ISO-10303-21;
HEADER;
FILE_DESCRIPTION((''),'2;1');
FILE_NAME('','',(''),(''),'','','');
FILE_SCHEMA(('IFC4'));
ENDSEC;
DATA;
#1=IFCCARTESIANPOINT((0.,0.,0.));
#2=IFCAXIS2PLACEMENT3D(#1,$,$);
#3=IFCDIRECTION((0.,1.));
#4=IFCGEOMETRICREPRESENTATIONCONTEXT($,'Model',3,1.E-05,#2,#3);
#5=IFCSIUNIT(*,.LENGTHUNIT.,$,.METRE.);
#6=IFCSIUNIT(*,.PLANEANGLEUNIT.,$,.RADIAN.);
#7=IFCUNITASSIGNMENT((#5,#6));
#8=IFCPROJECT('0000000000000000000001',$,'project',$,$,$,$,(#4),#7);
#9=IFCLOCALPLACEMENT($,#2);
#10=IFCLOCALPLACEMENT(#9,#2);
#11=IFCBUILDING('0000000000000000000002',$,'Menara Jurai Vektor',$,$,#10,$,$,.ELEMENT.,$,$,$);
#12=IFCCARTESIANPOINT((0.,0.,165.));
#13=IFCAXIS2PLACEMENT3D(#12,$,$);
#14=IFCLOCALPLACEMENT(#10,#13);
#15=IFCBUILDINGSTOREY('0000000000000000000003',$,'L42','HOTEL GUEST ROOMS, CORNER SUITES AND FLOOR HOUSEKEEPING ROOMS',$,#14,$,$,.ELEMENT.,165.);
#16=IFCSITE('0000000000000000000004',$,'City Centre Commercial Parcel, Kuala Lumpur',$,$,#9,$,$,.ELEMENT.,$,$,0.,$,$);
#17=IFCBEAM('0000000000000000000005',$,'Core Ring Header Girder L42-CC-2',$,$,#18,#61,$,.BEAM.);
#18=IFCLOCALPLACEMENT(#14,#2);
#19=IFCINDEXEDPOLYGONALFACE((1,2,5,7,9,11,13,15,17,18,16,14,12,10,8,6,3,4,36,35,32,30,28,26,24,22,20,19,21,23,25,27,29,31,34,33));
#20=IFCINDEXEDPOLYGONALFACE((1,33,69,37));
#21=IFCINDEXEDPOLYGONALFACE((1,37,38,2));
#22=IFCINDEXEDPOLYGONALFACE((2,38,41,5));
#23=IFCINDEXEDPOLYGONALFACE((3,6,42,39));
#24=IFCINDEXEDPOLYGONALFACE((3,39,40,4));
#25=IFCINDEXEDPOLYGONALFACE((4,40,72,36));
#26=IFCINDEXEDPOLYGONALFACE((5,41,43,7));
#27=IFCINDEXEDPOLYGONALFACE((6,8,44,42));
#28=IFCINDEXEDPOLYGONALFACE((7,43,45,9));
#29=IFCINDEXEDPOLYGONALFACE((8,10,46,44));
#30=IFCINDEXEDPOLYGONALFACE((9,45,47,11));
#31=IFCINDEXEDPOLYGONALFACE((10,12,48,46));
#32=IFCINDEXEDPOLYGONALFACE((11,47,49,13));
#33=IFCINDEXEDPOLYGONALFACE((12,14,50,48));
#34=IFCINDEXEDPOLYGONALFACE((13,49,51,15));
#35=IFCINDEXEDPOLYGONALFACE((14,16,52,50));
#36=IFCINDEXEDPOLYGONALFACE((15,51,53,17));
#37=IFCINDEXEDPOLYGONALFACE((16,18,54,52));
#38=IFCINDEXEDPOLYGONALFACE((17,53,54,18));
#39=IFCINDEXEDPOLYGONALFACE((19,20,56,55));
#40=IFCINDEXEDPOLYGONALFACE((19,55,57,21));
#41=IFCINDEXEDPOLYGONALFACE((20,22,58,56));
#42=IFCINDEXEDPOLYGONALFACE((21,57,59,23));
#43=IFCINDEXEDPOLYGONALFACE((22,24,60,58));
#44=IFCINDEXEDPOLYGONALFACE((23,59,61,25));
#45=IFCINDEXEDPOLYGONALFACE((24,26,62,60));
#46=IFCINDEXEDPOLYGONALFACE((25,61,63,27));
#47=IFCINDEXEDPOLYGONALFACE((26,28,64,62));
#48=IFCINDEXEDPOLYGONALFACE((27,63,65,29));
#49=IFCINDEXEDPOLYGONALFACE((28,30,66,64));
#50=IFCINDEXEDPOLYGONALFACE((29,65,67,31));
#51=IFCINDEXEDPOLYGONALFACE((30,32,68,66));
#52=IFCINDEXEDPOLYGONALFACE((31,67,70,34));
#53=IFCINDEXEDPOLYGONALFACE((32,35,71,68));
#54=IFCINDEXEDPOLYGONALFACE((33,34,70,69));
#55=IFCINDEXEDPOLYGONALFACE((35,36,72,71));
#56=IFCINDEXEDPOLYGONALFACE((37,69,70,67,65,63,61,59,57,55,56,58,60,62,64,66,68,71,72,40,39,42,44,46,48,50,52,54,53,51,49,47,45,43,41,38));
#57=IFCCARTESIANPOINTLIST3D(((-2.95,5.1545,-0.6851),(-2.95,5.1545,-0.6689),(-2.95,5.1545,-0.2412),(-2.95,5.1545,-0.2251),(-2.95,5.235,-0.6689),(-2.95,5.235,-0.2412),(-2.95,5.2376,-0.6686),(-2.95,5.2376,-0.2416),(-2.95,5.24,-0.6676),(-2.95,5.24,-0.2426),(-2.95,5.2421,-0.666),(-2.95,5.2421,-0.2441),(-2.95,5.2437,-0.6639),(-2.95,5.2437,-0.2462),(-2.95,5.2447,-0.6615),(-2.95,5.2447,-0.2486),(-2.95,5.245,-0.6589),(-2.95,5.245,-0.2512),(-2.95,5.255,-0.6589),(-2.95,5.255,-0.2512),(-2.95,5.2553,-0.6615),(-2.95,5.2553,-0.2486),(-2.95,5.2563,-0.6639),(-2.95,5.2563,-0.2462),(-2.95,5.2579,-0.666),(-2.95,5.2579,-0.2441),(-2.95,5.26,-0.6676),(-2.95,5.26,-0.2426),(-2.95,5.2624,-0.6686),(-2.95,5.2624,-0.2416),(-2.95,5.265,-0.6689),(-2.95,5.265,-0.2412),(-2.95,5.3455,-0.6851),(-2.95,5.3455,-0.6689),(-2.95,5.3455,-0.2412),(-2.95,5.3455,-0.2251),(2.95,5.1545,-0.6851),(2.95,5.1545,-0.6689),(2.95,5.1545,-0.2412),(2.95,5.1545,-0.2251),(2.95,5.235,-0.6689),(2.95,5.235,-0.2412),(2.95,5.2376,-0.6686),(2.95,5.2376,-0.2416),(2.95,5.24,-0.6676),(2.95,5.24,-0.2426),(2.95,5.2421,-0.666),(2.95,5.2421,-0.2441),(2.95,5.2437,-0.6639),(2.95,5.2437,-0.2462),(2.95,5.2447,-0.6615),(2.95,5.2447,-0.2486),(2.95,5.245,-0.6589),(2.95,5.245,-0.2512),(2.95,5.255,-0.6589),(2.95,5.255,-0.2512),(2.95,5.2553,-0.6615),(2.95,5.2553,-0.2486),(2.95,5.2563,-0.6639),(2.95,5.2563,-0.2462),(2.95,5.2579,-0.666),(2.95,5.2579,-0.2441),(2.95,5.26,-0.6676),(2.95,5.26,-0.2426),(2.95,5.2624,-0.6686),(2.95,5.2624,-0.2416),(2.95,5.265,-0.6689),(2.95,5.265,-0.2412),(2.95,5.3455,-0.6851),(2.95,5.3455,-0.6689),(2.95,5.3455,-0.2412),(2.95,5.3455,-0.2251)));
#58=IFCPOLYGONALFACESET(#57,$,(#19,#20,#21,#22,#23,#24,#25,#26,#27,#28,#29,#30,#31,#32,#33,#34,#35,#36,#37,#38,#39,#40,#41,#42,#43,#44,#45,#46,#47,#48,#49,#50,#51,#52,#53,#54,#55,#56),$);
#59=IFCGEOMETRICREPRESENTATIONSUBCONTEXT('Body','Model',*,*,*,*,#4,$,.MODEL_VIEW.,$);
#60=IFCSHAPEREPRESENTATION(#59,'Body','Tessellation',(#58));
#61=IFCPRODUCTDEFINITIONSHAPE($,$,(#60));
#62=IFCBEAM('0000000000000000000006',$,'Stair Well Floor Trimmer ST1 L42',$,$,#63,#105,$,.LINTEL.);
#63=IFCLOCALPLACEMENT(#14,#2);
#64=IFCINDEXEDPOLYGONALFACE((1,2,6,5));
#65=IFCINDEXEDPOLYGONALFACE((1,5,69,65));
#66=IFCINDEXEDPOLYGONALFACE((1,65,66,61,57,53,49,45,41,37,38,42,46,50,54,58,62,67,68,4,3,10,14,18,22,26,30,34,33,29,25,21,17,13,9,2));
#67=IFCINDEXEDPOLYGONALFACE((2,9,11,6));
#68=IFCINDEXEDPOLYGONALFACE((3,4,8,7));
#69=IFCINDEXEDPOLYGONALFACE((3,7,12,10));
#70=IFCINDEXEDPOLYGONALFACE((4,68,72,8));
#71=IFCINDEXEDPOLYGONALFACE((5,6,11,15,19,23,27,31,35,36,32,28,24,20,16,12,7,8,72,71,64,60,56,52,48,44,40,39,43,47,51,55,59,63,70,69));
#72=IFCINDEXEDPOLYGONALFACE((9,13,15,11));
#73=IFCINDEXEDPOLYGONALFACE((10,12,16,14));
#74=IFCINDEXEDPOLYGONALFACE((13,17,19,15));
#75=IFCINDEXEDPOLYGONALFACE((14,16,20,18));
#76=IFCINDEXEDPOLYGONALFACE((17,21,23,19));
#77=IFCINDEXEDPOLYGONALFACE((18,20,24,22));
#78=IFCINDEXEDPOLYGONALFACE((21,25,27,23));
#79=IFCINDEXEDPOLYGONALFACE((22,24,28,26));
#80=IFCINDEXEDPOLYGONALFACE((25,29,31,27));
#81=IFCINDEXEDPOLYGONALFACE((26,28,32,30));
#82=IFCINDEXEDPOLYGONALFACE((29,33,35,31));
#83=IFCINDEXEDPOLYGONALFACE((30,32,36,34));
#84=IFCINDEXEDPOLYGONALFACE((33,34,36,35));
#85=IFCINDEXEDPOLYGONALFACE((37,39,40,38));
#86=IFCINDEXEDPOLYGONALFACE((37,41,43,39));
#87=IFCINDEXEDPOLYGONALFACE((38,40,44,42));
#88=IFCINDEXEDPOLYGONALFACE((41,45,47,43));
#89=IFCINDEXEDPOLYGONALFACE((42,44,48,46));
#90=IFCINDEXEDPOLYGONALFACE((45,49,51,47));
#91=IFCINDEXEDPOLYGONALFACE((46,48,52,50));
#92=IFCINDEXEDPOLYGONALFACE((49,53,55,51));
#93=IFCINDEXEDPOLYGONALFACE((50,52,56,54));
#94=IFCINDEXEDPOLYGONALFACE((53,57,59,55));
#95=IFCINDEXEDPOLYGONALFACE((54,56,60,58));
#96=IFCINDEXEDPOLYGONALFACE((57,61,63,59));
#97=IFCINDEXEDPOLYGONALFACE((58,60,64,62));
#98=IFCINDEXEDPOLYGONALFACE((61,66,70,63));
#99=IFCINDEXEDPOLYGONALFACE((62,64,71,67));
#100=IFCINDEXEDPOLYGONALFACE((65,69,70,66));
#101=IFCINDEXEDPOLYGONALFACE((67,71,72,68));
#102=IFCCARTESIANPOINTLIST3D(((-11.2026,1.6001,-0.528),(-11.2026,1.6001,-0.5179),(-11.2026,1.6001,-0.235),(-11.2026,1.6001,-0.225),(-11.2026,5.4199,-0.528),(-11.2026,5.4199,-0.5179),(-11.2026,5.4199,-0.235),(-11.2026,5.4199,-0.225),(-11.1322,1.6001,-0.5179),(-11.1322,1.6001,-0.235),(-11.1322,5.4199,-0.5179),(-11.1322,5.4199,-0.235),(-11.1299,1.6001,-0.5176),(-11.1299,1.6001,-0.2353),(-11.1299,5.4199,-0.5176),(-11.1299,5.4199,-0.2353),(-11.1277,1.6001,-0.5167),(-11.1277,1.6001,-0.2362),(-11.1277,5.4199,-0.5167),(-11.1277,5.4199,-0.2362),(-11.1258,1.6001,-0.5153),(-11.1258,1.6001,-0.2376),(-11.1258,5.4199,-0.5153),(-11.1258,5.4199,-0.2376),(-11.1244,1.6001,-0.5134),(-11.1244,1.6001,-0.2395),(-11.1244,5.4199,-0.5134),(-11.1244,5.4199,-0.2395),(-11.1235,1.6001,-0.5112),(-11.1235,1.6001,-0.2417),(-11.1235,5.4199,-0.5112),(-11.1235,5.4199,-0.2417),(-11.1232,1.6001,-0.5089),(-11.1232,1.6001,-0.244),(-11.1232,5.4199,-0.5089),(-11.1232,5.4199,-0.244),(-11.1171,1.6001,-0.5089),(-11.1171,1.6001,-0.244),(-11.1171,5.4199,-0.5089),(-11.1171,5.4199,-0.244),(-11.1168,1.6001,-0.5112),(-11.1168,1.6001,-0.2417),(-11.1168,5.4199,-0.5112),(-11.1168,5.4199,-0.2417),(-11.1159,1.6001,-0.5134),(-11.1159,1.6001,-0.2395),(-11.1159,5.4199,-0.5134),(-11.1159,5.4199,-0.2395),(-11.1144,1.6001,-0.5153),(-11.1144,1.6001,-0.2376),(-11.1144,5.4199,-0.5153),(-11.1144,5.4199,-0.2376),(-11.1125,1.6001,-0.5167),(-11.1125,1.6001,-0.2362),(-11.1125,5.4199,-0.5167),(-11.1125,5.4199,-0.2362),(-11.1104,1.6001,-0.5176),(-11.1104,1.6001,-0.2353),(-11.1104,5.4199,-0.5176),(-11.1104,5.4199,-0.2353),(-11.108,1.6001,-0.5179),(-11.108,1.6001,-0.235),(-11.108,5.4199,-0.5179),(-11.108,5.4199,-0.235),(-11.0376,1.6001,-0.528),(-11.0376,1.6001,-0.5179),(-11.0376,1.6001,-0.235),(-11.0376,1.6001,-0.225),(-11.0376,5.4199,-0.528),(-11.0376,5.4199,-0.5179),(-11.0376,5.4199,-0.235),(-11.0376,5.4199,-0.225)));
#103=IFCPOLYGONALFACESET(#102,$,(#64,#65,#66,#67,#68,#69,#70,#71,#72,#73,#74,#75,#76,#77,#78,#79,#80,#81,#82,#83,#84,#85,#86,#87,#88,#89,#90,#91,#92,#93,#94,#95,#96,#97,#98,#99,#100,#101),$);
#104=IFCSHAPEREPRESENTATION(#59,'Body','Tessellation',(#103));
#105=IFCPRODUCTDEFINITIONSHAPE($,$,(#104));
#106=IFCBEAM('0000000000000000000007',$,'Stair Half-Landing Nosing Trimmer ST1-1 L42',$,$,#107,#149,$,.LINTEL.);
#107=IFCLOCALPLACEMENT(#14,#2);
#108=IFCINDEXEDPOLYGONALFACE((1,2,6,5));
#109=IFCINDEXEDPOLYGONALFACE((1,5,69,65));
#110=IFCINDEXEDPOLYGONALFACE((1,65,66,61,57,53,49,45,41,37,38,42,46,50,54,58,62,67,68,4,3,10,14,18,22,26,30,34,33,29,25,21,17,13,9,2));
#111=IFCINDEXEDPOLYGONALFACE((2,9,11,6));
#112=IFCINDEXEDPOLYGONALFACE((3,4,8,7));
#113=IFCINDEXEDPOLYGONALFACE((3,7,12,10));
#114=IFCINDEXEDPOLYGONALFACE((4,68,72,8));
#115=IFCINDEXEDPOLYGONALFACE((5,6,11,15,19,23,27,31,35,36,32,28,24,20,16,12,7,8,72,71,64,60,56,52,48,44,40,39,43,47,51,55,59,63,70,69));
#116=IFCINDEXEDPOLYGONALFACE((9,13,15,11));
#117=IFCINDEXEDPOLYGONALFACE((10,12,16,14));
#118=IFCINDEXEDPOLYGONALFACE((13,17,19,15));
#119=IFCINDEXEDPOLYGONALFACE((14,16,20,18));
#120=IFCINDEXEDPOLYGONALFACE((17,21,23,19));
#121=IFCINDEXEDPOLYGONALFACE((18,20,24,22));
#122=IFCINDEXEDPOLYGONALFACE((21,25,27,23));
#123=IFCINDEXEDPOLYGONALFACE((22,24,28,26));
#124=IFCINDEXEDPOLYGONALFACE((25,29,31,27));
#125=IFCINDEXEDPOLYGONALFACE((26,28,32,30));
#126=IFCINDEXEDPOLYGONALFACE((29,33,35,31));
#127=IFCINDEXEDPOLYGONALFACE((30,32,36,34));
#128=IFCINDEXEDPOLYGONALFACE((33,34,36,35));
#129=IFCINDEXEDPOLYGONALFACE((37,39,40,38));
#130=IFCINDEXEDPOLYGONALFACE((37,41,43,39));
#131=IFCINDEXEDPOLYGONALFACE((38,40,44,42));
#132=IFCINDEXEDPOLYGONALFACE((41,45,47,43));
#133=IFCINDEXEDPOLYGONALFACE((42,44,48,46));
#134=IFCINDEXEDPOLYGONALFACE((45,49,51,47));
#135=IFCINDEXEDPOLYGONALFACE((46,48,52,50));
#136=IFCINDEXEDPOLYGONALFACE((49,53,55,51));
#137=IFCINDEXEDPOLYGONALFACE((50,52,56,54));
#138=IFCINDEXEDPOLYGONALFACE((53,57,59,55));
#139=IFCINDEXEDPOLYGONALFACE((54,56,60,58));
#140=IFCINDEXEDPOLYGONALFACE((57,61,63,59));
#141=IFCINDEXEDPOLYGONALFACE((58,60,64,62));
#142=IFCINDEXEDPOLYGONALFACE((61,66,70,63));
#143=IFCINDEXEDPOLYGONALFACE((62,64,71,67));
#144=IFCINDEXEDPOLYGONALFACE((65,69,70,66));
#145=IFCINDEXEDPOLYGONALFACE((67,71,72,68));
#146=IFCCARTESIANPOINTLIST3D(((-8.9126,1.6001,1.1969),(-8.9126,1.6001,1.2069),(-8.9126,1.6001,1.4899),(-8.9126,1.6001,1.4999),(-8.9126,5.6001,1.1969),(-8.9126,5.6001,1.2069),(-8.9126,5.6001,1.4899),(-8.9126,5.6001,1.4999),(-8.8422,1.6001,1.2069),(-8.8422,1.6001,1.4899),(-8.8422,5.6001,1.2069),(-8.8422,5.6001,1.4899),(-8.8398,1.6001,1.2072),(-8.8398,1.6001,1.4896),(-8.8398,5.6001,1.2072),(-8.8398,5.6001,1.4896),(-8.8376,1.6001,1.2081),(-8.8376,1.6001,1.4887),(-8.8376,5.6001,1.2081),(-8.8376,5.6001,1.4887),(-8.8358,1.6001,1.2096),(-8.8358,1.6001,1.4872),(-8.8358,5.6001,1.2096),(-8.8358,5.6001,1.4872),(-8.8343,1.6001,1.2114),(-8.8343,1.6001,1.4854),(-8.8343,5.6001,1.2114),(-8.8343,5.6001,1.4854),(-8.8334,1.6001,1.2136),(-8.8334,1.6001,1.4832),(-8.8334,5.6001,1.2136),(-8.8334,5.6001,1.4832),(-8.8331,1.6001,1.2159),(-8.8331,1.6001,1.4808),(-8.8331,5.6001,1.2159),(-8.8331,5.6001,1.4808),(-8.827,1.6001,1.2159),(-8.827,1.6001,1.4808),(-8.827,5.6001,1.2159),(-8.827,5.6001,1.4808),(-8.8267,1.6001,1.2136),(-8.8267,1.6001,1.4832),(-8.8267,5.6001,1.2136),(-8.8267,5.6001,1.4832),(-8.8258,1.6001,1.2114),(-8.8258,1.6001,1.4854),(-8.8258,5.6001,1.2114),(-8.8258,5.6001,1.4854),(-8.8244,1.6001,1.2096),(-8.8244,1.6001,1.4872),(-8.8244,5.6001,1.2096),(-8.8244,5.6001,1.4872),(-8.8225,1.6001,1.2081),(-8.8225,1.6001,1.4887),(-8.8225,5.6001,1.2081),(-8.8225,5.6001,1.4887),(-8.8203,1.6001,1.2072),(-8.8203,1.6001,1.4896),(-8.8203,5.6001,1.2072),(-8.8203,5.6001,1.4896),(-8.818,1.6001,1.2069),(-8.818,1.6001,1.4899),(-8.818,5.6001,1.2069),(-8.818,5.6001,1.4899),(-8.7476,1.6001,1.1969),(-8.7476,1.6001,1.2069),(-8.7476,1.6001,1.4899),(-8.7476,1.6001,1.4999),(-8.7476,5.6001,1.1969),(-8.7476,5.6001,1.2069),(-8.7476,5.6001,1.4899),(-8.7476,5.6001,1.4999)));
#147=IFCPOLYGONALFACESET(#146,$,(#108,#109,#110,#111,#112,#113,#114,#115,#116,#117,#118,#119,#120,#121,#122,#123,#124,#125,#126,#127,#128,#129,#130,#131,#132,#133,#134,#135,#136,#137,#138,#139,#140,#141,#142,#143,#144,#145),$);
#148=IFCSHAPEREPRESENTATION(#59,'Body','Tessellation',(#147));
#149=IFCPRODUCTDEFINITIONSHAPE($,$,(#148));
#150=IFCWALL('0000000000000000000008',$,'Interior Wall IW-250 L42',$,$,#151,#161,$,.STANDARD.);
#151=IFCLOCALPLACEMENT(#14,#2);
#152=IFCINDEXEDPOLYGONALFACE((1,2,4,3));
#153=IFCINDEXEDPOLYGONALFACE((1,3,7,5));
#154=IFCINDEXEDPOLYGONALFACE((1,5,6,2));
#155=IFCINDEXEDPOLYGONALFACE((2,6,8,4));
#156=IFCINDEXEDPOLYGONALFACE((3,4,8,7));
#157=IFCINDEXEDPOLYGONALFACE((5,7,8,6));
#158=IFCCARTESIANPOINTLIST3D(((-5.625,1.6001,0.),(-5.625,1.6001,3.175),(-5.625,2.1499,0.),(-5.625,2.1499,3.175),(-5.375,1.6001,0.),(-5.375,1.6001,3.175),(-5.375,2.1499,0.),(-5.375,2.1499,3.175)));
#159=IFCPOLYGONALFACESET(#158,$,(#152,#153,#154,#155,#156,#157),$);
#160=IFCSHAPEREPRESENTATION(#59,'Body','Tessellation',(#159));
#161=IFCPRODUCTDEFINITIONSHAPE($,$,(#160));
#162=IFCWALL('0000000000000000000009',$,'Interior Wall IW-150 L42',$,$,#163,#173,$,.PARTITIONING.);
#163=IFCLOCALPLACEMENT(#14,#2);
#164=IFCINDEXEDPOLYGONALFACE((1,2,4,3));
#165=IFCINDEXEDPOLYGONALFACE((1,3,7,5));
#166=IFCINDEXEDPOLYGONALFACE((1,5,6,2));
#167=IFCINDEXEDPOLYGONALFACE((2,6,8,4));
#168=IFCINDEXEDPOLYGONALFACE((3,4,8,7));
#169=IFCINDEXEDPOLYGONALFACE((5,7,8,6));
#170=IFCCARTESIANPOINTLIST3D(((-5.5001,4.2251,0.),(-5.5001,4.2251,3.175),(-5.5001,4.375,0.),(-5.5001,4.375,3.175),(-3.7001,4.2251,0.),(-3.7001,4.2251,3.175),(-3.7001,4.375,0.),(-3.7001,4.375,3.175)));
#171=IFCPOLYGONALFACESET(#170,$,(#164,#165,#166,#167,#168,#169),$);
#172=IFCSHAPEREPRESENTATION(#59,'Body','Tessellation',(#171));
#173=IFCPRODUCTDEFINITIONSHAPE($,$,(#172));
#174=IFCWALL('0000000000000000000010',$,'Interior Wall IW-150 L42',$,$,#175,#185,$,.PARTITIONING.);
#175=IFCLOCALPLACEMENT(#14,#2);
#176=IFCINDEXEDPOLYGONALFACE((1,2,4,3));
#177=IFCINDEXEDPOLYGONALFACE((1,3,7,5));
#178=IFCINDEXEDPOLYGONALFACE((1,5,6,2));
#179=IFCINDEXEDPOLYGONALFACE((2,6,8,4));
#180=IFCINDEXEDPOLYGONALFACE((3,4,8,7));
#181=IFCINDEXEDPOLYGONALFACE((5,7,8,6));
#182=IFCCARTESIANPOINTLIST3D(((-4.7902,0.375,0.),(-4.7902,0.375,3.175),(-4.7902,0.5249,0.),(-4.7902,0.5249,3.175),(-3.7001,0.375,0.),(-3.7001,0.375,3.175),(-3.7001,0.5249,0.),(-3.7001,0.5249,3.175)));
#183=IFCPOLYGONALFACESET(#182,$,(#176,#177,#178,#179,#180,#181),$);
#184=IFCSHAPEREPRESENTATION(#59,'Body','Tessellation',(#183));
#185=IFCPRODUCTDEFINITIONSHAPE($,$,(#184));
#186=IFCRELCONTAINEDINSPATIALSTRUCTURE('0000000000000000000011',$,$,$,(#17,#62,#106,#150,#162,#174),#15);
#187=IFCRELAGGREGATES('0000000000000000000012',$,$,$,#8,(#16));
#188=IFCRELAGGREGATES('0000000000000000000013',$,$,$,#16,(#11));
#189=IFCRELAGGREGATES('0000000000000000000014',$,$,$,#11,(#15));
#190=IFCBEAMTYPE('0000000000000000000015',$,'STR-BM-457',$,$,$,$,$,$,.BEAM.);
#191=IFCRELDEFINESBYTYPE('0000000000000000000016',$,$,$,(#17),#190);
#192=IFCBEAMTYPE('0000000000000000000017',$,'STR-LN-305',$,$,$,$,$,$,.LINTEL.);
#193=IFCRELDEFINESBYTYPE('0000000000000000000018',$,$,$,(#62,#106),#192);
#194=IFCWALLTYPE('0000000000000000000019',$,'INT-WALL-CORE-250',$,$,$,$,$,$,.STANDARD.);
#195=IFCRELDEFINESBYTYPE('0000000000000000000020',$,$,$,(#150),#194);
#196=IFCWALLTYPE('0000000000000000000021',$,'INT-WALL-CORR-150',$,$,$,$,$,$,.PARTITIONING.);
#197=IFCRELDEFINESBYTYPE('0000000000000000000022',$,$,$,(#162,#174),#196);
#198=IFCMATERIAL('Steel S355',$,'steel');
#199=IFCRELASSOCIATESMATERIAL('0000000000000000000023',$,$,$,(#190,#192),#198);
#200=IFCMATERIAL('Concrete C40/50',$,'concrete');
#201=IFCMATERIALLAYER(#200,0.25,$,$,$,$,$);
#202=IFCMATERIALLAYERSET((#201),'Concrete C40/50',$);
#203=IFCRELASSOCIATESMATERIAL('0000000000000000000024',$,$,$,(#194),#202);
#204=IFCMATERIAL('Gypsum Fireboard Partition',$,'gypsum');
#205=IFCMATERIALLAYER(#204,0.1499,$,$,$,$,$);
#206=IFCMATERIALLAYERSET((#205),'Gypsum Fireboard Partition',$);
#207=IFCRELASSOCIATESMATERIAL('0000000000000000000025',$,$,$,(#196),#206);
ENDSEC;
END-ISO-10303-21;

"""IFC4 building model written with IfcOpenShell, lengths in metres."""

from ifc_helpers import new_model, si_unit, direction, frame, frame_2d, origin, origin_2d, place, context, subcontext, project, spatial, rectangle, i_section, extrude, material, layer, layer_set, material_profile, profile_set, type_object, element, save


model = new_model("IFC4")

# Units and contexts
model_context = context("Model", 3, precision=1e-05, world=origin(), true_north=direction((0.0, 1.0)))
body_context = subcontext(model_context, "Body", "Model", "MODEL_VIEW")
ifc_project = project(units=[si_unit("LENGTHUNIT", "METRE"), si_unit("PLANEANGLEUNIT", "RADIAN")], contexts=[model_context])

# Site, building, storey
site_placement = place(None, origin())
site = spatial("IfcSite", under=ifc_project, at=site_placement, Name="City Centre Commercial Parcel, Kuala Lumpur", CompositionType="ELEMENT", RefElevation=0.0)
building_placement = place(site_placement, origin())
building = spatial("IfcBuilding", under=site, at=building_placement, Name="Menara Jurai Vektor", CompositionType="ELEMENT")
storey_placement = place(building_placement, frame((0.0, 0.0, 165.0)))
storey = spatial("IfcBuildingStorey", under=building, at=storey_placement, Name="L42", Description="HOTEL GUEST ROOMS, CORNER SUITES AND FLOOR HOUSEKEEPING ROOMS", CompositionType="ELEMENT", Elevation=165.0)

# Shared definitions
ifc_material_1 = material(Name="Steel S355", Category="steel")

# Beams
ifc_material_profile_1 = material_profile(ifc_material_1, i_section(OverallWidth=0.1909, OverallDepth=0.46, WebThickness=0.01, FlangeThickness=0.0161, FilletRadius=0.01, at=origin_2d()), Name="UKB 457x191x82")
ifc_profile_set_1 = profile_set([ifc_material_profile_1], Name="Steel S355")
beam_type_1 = type_object("IfcBeamType", Name="STR-BM-457", PredefinedType="BEAM", material=ifc_profile_set_1)
beam_1_placement = place(storey_placement, frame((-2.95, 5.25, -0.4551), z_axis=(1.0, 0.0, 0.0), x_axis=(0.0, 1.0, 0.0)))
element("IfcBeam", 1, at=beam_1_placement, inside=storey, type_object=beam_type_1, Name="Core Ring Header Girder L42-CC-2", PredefinedType="BEAM", context=body_context, shape_type="SweptSolid", body=[
    extrude(i_section(OverallWidth=0.1909, OverallDepth=0.46, WebThickness=0.01, FlangeThickness=0.0161, FilletRadius=0.01, at=origin_2d()), origin(), (0.0, 0.0, 1.0), 5.8999),
])
ifc_material_profile_2 = material_profile(ifc_material_1, i_section(OverallWidth=0.165, OverallDepth=0.303, WebThickness=0.0061, FlangeThickness=0.01, FilletRadius=0.009, at=origin_2d()), Name="UKB 305x165x40")
ifc_profile_set_2 = profile_set([ifc_material_profile_2], Name="Steel S355")
beam_type_2 = type_object("IfcBeamType", Name="STR-LN-305", PredefinedType="LINTEL", material=ifc_profile_set_2)
beam_2_placement = place(storey_placement, frame((-11.1201, 1.6001, -0.3765), z_axis=(0.0, 1.0, 0.0), x_axis=(-1.0, 0.0, 0.0)))
element("IfcBeam", 2, at=beam_2_placement, inside=storey, type_object=beam_type_2, Name="Stair Well Floor Trimmer ST1 L42", PredefinedType="LINTEL", context=body_context, shape_type="SweptSolid", body=[
    extrude(i_section(OverallWidth=0.165, OverallDepth=0.303, WebThickness=0.0061, FlangeThickness=0.01, FilletRadius=0.009, at=origin_2d()), origin(), (0.0, 0.0, 1.0), 3.8198),
])
beam_3_placement = place(storey_placement, frame((-8.8301, 1.6001, 1.3484), z_axis=(0.0, 1.0, 0.0), x_axis=(-1.0, 0.0, 0.0)))
element("IfcBeam", 3, at=beam_3_placement, inside=storey, type_object=beam_type_2, Name="Stair Half-Landing Nosing Trimmer ST1-1 L42", PredefinedType="LINTEL", context=body_context, shape_type="SweptSolid", body=[
    extrude(i_section(OverallWidth=0.165, OverallDepth=0.303, WebThickness=0.0061, FlangeThickness=0.01, FilletRadius=0.009, at=origin_2d()), origin(), (0.0, 0.0, 1.0), 4.0),
])

# Shared definitions
ifc_material_2 = material(Name="Concrete C40/50", Category="concrete")
ifc_layer_1 = layer(ifc_material_2, 0.25)
ifc_layer_set_1 = layer_set([ifc_layer_1], Name="Concrete C40/50")
wall_type_1 = type_object("IfcWallType", Name="INT-WALL-CORE-250", PredefinedType="STANDARD", material=ifc_layer_set_1)

# Walls
wall_1_placement = place(storey_placement, frame((-5.5, 1.6001, 0.0), z_axis=(0.0, 0.0, 1.0), x_axis=(0.0, 1.0, 0.0)))
element("IfcWall", 4, at=wall_1_placement, inside=storey, type_object=wall_type_1, Name="Interior Wall IW-250 L42", PredefinedType="STANDARD", context=body_context, shape_type="SweptSolid", body=[
    extrude(rectangle(XDim=0.5498, YDim=0.25, at=frame_2d((0.2749, 0.0))), origin(), (0.0, 0.0, 1.0), 3.175),
])
ifc_material_3 = material(Name="Gypsum Fireboard Partition", Category="gypsum")
ifc_layer_2 = layer(ifc_material_3, 0.1499)
ifc_layer_set_2 = layer_set([ifc_layer_2], Name="Gypsum Fireboard Partition")
wall_type_2 = type_object("IfcWallType", Name="INT-WALL-CORR-150", PredefinedType="PARTITIONING", material=ifc_layer_set_2)
wall_2_placement = place(storey_placement, frame((-5.5, 4.3, 0.0), z_axis=(0.0, 0.0, 1.0), x_axis=(1.0, 0.0, 0.0)))
element("IfcWall", 5, at=wall_2_placement, inside=storey, type_object=wall_type_2, Name="Interior Wall IW-150 L42", PredefinedType="PARTITIONING", context=body_context, shape_type="SweptSolid", body=[
    extrude(rectangle(XDim=1.8, YDim=0.1499, at=frame_2d((0.8999, 0.0))), origin(), (0.0, 0.0, 1.0), 3.175),
])
wall_3_placement = place(storey_placement, frame((-4.79, 0.45, 0.0), z_axis=(0.0, 0.0, 1.0), x_axis=(1.0, 0.0, 0.0)))
element("IfcWall", 6, at=wall_3_placement, inside=storey, type_object=wall_type_2, Name="Interior Wall IW-150 L42", PredefinedType="PARTITIONING", context=body_context, shape_type="SweptSolid", body=[
    extrude(rectangle(XDim=1.0901, YDim=0.1499, at=frame_2d((0.5449, 0.0))), origin(), (0.0, 0.0, 1.0), 3.175),
])

save(model, "model.ifc")
